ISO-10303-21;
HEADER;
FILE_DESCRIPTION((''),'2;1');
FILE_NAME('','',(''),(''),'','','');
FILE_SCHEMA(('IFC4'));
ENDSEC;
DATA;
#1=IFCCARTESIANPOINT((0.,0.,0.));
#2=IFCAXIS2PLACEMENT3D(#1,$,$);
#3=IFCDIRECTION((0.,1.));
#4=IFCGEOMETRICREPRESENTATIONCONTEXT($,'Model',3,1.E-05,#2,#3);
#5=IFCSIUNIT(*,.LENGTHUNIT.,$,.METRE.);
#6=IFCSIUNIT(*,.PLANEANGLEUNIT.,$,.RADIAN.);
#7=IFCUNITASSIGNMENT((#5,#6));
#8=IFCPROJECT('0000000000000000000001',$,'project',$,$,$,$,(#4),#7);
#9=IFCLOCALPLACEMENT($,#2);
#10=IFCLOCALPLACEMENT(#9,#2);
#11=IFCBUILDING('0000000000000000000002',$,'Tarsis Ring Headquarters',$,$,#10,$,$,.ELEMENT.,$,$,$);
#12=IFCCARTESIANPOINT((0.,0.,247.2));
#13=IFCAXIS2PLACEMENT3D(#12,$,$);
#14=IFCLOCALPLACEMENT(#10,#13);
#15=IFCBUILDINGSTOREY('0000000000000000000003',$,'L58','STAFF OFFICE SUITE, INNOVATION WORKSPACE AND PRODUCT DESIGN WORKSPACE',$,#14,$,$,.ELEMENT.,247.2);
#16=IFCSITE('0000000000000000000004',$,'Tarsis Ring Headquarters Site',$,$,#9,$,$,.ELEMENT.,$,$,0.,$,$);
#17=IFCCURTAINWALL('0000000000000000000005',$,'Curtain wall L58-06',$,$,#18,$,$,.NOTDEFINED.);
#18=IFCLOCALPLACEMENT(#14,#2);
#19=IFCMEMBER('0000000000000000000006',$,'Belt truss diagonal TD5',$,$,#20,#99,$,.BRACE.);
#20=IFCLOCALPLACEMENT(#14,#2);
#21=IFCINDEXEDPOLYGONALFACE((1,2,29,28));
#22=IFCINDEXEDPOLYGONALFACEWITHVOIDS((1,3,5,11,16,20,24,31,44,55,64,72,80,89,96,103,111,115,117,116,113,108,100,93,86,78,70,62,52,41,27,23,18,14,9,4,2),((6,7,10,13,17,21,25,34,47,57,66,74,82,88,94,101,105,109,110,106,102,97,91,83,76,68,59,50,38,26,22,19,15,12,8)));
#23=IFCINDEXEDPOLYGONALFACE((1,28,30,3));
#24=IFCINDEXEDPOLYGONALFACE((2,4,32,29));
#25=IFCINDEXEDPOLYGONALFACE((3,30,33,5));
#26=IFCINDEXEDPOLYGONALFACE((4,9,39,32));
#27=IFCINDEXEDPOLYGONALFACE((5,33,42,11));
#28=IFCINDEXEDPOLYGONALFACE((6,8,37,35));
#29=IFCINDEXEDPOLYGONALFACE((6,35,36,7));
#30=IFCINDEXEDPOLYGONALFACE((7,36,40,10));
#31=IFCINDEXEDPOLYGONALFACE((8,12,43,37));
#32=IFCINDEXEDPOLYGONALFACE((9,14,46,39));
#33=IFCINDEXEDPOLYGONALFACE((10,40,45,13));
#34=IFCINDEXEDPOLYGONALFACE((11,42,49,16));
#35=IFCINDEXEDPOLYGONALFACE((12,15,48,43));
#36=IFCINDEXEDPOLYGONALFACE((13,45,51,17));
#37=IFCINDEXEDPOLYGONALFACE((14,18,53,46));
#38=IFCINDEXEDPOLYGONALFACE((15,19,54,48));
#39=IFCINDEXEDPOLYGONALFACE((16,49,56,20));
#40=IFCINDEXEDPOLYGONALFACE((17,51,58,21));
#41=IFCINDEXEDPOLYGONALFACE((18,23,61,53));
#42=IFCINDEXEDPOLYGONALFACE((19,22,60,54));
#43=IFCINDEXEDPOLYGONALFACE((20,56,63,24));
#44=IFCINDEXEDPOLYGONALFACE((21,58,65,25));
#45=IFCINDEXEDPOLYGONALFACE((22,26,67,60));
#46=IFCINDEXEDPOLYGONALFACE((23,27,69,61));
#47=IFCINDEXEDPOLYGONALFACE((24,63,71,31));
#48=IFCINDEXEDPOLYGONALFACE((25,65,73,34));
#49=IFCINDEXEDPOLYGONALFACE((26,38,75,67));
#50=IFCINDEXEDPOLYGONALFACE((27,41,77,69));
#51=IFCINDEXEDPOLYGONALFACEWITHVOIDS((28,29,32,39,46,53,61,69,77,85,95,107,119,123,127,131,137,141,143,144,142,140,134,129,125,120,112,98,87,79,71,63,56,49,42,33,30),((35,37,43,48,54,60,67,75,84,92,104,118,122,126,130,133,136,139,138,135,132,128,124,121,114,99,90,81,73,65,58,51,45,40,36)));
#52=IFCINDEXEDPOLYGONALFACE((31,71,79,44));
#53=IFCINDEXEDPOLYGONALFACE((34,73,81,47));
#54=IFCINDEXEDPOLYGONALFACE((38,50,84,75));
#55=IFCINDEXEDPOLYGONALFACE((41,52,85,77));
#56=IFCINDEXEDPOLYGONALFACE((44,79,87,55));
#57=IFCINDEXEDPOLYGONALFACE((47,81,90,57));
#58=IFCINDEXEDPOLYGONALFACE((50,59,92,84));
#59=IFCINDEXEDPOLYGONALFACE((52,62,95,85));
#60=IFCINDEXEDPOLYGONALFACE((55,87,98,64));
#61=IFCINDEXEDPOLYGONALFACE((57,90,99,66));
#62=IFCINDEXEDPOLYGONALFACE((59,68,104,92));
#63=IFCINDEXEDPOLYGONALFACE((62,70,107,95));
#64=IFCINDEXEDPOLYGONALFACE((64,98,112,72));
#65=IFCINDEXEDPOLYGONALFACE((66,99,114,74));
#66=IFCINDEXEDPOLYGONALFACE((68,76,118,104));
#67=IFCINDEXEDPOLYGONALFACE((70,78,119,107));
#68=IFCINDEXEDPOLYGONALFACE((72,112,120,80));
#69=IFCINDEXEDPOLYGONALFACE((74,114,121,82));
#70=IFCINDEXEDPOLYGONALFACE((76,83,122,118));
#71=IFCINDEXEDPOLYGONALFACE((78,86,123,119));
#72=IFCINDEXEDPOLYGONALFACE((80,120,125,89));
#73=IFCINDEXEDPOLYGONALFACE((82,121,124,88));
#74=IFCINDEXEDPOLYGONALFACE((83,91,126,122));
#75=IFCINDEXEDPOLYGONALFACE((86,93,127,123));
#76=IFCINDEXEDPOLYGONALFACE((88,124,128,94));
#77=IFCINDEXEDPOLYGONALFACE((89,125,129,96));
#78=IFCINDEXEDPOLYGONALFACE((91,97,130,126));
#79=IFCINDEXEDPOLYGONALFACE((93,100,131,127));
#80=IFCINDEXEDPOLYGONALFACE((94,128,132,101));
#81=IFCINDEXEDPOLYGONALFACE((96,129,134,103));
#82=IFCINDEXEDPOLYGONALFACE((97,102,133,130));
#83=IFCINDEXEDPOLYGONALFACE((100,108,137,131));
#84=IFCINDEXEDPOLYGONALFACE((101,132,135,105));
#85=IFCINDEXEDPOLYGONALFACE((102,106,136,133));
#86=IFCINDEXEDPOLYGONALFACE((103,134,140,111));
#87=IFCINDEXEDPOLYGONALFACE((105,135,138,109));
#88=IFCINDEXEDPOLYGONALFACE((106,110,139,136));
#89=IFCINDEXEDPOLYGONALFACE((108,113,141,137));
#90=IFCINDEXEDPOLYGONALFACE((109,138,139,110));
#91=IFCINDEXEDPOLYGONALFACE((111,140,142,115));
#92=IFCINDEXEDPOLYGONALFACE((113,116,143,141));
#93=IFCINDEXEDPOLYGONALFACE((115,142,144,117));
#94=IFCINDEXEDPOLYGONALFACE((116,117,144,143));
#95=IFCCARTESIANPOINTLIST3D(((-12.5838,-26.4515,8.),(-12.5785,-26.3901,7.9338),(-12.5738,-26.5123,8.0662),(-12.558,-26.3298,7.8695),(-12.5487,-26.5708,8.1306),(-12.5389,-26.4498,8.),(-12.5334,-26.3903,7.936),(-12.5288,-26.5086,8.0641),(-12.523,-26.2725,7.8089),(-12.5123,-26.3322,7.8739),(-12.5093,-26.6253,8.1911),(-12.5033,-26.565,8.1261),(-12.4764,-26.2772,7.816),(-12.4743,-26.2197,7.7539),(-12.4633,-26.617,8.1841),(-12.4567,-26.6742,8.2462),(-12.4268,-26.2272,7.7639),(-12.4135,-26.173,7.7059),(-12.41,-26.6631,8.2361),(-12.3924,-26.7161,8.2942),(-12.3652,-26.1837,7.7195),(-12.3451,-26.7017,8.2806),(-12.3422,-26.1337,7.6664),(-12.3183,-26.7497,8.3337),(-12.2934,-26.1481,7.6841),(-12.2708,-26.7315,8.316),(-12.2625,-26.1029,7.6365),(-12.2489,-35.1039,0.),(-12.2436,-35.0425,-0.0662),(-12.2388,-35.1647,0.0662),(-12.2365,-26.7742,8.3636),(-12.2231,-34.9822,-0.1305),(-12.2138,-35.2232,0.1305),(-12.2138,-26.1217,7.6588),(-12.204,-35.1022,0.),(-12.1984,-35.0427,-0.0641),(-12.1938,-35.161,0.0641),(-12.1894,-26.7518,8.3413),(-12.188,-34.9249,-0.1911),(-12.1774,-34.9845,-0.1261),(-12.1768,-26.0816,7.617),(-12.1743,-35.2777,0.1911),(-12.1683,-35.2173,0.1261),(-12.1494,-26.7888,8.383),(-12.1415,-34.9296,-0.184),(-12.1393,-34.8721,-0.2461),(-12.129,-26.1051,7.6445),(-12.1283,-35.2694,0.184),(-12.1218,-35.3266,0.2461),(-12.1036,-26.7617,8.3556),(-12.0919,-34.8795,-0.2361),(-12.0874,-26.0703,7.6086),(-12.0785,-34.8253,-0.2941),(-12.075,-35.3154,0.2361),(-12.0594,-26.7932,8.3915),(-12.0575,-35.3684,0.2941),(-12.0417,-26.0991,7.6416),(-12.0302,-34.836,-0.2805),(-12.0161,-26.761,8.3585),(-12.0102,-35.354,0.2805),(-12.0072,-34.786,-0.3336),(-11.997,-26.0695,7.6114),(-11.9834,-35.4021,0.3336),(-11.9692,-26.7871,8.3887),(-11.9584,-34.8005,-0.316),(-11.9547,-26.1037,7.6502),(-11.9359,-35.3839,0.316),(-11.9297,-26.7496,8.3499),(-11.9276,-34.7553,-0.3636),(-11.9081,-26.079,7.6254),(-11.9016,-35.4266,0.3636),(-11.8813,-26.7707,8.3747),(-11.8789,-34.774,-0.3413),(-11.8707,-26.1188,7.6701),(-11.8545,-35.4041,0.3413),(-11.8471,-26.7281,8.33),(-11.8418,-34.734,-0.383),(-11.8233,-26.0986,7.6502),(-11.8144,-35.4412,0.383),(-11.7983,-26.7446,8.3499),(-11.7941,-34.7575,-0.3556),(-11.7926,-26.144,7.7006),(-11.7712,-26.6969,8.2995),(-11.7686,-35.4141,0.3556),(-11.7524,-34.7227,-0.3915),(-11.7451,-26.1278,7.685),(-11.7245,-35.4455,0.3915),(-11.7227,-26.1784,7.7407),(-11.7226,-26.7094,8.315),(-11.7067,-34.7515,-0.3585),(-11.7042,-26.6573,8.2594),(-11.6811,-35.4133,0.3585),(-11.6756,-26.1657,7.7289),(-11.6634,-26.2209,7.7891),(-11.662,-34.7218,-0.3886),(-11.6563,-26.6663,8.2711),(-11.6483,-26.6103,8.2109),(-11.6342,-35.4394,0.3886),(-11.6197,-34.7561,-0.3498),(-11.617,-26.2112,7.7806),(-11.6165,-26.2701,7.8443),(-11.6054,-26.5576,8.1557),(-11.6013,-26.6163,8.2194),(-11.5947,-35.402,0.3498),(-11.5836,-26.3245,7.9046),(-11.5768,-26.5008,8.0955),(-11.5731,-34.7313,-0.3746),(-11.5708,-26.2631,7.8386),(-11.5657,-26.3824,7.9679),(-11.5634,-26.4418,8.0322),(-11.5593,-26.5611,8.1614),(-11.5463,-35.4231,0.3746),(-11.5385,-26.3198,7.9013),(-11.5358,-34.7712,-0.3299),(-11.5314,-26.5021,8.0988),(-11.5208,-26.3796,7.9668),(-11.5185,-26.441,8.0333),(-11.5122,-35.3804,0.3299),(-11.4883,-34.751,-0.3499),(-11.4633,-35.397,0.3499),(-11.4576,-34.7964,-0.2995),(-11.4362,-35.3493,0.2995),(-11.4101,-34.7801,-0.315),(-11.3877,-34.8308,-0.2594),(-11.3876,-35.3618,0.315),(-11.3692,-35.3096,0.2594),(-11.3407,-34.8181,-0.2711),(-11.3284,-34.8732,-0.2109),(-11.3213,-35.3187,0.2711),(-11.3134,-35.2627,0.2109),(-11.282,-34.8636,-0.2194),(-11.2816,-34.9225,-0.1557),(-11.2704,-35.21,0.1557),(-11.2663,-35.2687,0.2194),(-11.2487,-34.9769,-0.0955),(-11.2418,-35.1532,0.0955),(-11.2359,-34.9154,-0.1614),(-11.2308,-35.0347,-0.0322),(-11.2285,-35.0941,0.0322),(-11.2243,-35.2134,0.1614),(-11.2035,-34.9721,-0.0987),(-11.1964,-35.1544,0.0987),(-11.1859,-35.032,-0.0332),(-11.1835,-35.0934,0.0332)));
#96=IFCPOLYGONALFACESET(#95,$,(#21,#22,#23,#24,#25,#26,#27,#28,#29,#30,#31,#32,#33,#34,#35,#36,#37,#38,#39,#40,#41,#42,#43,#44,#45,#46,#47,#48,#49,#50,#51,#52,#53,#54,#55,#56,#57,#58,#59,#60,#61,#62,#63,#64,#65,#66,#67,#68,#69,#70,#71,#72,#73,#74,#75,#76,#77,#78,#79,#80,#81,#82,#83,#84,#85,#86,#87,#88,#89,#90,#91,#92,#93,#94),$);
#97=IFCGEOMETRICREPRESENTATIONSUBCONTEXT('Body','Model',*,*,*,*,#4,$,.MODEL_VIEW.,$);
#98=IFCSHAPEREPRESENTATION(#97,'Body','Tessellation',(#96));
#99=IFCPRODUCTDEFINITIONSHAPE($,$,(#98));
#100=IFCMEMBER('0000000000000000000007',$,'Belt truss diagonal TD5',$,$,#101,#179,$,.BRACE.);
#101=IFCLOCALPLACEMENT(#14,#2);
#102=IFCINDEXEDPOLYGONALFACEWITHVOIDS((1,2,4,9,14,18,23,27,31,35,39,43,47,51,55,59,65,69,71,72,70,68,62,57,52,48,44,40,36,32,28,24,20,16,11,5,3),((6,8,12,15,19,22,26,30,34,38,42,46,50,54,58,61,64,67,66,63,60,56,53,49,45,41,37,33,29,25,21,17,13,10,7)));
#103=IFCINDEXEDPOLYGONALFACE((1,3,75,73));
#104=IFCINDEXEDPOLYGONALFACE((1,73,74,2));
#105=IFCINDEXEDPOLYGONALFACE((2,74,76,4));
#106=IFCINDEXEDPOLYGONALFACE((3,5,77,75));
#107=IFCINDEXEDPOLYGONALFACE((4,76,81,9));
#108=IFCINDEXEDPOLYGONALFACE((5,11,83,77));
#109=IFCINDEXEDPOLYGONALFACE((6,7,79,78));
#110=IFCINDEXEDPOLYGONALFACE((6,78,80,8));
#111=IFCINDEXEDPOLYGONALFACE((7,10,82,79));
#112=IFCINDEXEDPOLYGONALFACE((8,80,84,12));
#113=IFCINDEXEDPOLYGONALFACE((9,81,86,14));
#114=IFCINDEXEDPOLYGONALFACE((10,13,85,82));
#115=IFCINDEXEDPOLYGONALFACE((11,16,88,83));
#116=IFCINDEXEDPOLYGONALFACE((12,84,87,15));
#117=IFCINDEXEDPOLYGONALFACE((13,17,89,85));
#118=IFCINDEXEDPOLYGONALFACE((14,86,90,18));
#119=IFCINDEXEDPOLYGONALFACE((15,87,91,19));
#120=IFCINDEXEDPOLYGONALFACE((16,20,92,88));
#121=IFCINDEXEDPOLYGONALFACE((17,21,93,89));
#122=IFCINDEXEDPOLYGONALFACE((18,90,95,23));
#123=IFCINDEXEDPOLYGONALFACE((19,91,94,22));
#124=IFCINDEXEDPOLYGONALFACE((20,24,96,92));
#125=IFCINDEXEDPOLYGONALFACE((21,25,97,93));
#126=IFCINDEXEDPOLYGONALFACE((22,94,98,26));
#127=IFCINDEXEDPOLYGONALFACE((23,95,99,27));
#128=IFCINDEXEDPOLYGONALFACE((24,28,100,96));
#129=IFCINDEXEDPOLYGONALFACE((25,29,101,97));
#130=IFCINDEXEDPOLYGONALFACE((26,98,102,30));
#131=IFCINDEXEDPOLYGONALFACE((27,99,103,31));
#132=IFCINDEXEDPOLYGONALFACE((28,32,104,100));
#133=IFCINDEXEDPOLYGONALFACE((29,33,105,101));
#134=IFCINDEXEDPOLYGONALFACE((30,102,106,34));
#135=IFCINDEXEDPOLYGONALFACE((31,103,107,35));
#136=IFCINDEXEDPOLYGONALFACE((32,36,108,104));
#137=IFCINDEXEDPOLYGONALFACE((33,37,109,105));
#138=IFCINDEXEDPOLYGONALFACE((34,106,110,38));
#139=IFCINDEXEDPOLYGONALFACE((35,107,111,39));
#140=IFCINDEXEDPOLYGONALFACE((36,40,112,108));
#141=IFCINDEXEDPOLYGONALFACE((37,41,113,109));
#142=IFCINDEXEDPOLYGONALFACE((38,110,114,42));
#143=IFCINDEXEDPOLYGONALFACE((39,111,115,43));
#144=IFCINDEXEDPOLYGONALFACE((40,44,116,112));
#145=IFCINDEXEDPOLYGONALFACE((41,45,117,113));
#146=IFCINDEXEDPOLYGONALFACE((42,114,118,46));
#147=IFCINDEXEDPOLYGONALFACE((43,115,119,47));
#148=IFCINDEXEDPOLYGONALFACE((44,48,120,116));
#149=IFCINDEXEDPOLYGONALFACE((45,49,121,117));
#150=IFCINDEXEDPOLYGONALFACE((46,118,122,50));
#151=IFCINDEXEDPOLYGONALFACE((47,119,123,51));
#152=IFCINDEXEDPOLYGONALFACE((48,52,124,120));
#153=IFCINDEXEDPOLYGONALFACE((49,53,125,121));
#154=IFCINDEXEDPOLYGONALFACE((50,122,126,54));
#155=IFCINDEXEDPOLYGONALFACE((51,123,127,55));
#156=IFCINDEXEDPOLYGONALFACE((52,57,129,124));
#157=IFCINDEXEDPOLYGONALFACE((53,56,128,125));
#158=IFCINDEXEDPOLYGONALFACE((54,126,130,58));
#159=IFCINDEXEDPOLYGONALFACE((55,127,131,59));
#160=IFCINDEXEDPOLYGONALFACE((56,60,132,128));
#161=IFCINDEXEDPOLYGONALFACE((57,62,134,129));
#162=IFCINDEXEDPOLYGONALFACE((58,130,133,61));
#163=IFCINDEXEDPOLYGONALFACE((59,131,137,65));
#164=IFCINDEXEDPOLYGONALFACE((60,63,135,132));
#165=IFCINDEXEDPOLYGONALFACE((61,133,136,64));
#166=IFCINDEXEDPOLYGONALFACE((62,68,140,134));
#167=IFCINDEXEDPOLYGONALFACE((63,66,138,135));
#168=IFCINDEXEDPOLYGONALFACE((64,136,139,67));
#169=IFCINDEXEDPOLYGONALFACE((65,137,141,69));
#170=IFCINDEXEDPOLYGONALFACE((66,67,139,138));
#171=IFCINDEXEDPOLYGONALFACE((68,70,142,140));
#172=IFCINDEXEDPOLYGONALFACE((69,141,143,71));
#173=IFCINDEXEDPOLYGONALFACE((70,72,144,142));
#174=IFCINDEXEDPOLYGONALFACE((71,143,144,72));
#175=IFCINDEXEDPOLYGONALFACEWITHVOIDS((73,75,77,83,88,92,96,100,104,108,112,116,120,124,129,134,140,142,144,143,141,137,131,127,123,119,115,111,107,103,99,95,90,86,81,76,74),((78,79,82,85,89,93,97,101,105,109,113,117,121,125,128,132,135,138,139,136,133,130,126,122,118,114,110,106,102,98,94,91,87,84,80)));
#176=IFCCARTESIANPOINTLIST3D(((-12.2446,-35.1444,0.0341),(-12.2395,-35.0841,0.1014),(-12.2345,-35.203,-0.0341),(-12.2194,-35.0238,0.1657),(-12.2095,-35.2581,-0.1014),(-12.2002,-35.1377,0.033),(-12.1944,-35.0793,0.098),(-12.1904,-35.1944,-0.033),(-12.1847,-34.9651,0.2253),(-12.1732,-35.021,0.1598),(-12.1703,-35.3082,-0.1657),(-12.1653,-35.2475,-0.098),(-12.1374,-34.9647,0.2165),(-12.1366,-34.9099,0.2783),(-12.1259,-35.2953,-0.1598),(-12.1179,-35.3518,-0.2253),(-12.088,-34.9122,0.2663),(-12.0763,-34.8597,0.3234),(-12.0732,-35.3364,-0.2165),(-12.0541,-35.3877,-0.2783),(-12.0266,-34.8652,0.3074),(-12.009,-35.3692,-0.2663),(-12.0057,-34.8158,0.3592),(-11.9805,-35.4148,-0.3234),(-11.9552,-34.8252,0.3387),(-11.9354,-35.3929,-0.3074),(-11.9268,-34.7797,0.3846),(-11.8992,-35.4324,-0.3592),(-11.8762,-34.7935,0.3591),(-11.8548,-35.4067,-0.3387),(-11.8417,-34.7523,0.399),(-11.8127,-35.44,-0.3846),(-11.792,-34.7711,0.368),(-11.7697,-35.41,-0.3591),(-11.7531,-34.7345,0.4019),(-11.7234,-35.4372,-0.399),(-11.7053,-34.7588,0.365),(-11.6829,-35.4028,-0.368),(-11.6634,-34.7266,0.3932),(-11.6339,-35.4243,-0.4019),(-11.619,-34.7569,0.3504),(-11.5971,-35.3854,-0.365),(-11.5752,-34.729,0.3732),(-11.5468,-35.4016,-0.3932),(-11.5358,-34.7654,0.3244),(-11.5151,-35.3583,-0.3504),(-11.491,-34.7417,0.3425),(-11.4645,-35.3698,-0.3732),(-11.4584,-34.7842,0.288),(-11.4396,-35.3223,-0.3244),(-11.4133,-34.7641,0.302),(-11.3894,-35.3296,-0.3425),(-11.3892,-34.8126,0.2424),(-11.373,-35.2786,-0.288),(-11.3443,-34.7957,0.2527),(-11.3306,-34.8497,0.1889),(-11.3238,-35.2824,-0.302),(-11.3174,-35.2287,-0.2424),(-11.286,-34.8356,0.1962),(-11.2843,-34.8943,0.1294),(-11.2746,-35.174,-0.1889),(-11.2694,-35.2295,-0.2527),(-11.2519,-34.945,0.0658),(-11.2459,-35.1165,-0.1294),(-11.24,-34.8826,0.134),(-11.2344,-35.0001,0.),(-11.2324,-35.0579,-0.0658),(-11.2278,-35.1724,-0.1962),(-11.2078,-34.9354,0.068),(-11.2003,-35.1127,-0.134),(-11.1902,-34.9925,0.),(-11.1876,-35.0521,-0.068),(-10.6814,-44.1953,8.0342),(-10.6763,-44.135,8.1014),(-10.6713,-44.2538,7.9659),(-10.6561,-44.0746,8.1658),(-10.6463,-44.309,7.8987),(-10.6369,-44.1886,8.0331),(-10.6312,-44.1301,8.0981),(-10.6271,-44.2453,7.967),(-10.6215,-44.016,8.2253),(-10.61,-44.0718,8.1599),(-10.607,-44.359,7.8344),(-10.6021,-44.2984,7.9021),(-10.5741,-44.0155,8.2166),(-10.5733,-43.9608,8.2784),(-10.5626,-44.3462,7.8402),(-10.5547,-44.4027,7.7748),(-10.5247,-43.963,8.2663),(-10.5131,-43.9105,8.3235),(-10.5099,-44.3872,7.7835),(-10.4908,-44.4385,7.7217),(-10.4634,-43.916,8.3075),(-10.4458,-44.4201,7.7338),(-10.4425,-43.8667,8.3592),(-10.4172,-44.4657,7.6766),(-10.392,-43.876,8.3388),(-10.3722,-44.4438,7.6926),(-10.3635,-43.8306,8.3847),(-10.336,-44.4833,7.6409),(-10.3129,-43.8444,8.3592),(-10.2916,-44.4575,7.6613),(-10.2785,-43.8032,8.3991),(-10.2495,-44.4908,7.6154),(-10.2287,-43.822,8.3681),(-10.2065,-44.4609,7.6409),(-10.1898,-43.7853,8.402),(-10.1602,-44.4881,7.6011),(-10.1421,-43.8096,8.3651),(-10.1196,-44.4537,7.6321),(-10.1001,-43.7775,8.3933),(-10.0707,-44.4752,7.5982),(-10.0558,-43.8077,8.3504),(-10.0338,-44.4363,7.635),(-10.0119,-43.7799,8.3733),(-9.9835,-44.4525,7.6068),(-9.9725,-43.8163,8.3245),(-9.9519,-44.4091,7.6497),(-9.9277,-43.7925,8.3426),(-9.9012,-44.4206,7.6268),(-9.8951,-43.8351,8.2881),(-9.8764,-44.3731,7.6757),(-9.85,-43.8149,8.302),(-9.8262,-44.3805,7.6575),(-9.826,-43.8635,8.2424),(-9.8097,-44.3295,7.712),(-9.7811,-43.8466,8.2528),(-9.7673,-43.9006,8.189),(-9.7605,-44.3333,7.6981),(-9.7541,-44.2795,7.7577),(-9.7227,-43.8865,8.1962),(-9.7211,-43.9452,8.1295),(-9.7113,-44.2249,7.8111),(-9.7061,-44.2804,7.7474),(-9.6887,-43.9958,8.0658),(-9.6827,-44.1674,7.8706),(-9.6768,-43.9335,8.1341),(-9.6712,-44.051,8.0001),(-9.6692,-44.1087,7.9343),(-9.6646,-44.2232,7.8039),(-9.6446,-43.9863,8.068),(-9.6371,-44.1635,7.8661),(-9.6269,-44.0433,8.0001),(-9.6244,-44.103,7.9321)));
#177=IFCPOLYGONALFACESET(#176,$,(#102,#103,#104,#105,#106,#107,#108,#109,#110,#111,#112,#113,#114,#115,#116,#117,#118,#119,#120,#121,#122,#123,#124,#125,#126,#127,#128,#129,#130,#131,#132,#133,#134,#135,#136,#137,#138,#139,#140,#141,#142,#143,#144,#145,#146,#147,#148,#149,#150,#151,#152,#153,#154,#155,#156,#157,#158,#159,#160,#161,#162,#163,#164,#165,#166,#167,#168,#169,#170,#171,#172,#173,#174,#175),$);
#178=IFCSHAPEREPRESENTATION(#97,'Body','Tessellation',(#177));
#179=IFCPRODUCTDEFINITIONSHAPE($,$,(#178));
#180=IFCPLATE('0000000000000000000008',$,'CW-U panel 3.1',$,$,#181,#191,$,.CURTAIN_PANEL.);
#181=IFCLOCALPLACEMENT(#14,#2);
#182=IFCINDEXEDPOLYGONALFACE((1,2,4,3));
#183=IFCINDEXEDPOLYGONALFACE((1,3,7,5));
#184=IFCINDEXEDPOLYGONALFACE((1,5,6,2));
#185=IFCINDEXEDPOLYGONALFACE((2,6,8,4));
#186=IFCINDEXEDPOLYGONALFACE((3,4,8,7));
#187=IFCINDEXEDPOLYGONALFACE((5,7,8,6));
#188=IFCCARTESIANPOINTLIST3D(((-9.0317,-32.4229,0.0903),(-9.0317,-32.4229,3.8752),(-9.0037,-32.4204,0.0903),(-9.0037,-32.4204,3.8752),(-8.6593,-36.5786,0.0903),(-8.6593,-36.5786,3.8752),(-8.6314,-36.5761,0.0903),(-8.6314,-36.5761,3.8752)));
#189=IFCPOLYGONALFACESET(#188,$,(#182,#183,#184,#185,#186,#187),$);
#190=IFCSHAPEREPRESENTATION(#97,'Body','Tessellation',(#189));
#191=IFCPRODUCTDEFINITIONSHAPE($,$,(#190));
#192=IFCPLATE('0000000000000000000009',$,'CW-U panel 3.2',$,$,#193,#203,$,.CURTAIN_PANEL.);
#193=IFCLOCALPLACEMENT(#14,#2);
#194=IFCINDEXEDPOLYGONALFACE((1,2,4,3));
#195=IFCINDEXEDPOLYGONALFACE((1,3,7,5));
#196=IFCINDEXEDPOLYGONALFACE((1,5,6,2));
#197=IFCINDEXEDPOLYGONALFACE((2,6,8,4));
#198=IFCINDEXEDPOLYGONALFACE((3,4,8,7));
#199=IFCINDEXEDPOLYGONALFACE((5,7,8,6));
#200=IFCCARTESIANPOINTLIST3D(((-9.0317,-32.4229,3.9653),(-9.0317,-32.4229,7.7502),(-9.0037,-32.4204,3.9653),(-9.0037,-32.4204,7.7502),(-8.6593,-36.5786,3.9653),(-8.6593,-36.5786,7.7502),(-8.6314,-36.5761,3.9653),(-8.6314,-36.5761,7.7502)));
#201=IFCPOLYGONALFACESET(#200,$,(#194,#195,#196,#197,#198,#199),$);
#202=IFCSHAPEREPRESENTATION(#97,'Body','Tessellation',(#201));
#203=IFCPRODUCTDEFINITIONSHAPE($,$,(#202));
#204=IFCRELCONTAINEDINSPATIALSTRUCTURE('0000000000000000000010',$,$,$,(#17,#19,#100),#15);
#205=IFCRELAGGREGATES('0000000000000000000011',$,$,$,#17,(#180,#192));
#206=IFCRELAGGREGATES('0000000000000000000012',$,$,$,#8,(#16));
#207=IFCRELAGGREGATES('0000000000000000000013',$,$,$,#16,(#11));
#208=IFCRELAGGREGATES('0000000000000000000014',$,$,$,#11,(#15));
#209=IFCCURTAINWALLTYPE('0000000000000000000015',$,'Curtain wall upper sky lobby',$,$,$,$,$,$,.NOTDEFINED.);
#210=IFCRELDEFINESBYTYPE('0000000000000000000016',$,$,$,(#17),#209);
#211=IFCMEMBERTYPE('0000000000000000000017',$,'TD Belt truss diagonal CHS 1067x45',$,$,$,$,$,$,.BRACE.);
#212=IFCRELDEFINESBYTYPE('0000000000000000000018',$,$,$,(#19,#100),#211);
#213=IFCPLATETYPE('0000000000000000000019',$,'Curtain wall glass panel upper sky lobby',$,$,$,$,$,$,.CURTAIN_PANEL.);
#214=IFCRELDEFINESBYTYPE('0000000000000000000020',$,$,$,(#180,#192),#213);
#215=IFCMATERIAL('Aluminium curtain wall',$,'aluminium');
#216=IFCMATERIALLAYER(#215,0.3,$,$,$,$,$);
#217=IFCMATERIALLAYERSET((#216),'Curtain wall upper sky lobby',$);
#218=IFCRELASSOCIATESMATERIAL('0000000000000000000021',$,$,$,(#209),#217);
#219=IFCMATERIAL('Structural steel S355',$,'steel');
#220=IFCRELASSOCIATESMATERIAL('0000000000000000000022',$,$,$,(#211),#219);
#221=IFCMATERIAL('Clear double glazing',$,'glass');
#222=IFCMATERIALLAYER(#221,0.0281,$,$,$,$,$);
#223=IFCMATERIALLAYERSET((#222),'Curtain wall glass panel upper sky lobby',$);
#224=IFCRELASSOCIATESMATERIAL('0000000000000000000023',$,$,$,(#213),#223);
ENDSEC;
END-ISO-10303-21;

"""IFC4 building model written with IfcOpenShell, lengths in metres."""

from ifc_helpers import new_model, si_unit, direction, frame, origin, origin_2d, place, context, subcontext, project, spatial, rectangle, hollow_circle, extrude, material, layer, layer_set, material_profile, profile_set, type_object, element, aggregate, save


model = new_model("IFC4")

# Units and contexts
model_context = context("Model", 3, precision=1e-05, world=origin(), true_north=direction((0.0, 1.0)))
body_context = subcontext(model_context, "Body", "Model", "MODEL_VIEW")
ifc_project = project(units=[si_unit("LENGTHUNIT", "METRE"), si_unit("PLANEANGLEUNIT", "RADIAN")], contexts=[model_context])

# Site, building, storey
site_placement = place(None, origin())
site = spatial("IfcSite", under=ifc_project, at=site_placement, Name="Tarsis Ring Headquarters Site", CompositionType="ELEMENT", RefElevation=0.0)
building_placement = place(site_placement, origin())
building = spatial("IfcBuilding", under=site, at=building_placement, Name="Tarsis Ring Headquarters", CompositionType="ELEMENT")
storey_placement = place(building_placement, frame((0.0, 0.0, 247.2)))
storey = spatial("IfcBuildingStorey", under=building, at=storey_placement, Name="L58", Description="STAFF OFFICE SUITE, INNOVATION WORKSPACE AND PRODUCT DESIGN WORKSPACE", CompositionType="ELEMENT", Elevation=247.2)

# Shared definitions
ifc_material_1 = material(Name="Structural steel S355", Category="steel")
ifc_material_profile_1 = material_profile(ifc_material_1, hollow_circle(Radius=0.5334, WallThickness=0.0449, at=origin_2d()), Name="CHS 1067x45")
ifc_profile_set_1 = profile_set([ifc_material_profile_1], Name="Structural steel S355")

# Curtain wall
ifc_material_2 = material(Name="Aluminium curtain wall", Category="aluminium")
ifc_layer_1 = layer(ifc_material_2, 0.3)
ifc_layer_set_1 = layer_set([ifc_layer_1], Name="Curtain wall upper sky lobby")
curtain_wall_type = type_object("IfcCurtainWallType", Name="Curtain wall upper sky lobby", PredefinedType="NOTDEFINED", material=ifc_layer_set_1)
curtain_wall_placement = place(storey_placement, origin())
curtain_wall = element("IfcCurtainWall", 1, at=curtain_wall_placement, inside=storey, type_object=curtain_wall_type, Name="Curtain wall L58-06", PredefinedType="NOTDEFINED")

# Members
member_type_1 = type_object("IfcMemberType", Name="TD Belt truss diagonal CHS 1067x45", PredefinedType="BRACE", material=ifc_profile_set_1)
member_1_placement = place(storey_placement, frame((-11.7158, -35.0833, 0.0), z_axis=(-0.028414, 0.733948, 0.678612), x_axis=(-0.999251, -0.038684, 0.0)))
element("IfcMember", 2, at=member_1_placement, inside=storey, type_object=member_type_1, Name="Belt truss diagonal TD5", PredefinedType="BRACE", context=body_context, shape_type="SweptSolid", body=[
    extrude(hollow_circle(Radius=0.5334, WallThickness=0.0449, at=origin_2d()), origin(), (0.0, 0.0, 1.0), 11.7888),
])
member_2_placement = place(storey_placement, frame((-11.7158, -35.0833, 0.0), z_axis=(0.128341, -0.743066, 0.656797), x_axis=(0.98541, 0.170198, 0.0)))
element("IfcMember", 3, at=member_2_placement, inside=storey, type_object=member_type_1, Name="Belt truss diagonal TD5", PredefinedType="BRACE", context=body_context, shape_type="SweptSolid", body=[
    extrude(hollow_circle(Radius=0.5334, WallThickness=0.0449, at=origin_2d()), origin(), (0.0, 0.0, 1.0), 12.1804),
])

# Plates
ifc_material_3 = material(Name="Clear double glazing", Category="glass")
ifc_layer_2 = layer(ifc_material_3, 0.0281)
ifc_layer_set_2 = layer_set([ifc_layer_2], Name="Curtain wall glass panel upper sky lobby")
plate_type = type_object("IfcPlateType", Name="Curtain wall glass panel upper sky lobby", PredefinedType="CURTAIN_PANEL", material=ifc_layer_set_2)
plate_1_placement = place(storey_placement, frame((-8.8315, -34.4995, 0.0903), z_axis=(0.0, 0.0, 1.0), x_axis=(0.089242, -0.99601, 0.0)))
plate_1 = element("IfcPlate", 4, at=plate_1_placement, type_object=plate_type, Name="CW-U panel 3.1", PredefinedType="CURTAIN_PANEL", context=body_context, shape_type="SweptSolid", body=[
    extrude(rectangle(XDim=4.1724, YDim=0.0281, at=origin_2d()), origin(), (0.0, 0.0, 1.0), 3.7849),
])
plate_2_placement = place(storey_placement, frame((-8.8315, -34.4995, 3.9653), z_axis=(0.0, 0.0, 1.0), x_axis=(0.089242, -0.99601, 0.0)))
plate_2 = element("IfcPlate", 5, at=plate_2_placement, type_object=plate_type, Name="CW-U panel 3.2", PredefinedType="CURTAIN_PANEL", context=body_context, shape_type="SweptSolid", body=[
    extrude(rectangle(XDim=4.1724, YDim=0.0281, at=origin_2d()), origin(), (0.0, 0.0, 1.0), 3.7849),
])
aggregate(curtain_wall, [plate_1, plate_2])

save(model, "model.ifc")
